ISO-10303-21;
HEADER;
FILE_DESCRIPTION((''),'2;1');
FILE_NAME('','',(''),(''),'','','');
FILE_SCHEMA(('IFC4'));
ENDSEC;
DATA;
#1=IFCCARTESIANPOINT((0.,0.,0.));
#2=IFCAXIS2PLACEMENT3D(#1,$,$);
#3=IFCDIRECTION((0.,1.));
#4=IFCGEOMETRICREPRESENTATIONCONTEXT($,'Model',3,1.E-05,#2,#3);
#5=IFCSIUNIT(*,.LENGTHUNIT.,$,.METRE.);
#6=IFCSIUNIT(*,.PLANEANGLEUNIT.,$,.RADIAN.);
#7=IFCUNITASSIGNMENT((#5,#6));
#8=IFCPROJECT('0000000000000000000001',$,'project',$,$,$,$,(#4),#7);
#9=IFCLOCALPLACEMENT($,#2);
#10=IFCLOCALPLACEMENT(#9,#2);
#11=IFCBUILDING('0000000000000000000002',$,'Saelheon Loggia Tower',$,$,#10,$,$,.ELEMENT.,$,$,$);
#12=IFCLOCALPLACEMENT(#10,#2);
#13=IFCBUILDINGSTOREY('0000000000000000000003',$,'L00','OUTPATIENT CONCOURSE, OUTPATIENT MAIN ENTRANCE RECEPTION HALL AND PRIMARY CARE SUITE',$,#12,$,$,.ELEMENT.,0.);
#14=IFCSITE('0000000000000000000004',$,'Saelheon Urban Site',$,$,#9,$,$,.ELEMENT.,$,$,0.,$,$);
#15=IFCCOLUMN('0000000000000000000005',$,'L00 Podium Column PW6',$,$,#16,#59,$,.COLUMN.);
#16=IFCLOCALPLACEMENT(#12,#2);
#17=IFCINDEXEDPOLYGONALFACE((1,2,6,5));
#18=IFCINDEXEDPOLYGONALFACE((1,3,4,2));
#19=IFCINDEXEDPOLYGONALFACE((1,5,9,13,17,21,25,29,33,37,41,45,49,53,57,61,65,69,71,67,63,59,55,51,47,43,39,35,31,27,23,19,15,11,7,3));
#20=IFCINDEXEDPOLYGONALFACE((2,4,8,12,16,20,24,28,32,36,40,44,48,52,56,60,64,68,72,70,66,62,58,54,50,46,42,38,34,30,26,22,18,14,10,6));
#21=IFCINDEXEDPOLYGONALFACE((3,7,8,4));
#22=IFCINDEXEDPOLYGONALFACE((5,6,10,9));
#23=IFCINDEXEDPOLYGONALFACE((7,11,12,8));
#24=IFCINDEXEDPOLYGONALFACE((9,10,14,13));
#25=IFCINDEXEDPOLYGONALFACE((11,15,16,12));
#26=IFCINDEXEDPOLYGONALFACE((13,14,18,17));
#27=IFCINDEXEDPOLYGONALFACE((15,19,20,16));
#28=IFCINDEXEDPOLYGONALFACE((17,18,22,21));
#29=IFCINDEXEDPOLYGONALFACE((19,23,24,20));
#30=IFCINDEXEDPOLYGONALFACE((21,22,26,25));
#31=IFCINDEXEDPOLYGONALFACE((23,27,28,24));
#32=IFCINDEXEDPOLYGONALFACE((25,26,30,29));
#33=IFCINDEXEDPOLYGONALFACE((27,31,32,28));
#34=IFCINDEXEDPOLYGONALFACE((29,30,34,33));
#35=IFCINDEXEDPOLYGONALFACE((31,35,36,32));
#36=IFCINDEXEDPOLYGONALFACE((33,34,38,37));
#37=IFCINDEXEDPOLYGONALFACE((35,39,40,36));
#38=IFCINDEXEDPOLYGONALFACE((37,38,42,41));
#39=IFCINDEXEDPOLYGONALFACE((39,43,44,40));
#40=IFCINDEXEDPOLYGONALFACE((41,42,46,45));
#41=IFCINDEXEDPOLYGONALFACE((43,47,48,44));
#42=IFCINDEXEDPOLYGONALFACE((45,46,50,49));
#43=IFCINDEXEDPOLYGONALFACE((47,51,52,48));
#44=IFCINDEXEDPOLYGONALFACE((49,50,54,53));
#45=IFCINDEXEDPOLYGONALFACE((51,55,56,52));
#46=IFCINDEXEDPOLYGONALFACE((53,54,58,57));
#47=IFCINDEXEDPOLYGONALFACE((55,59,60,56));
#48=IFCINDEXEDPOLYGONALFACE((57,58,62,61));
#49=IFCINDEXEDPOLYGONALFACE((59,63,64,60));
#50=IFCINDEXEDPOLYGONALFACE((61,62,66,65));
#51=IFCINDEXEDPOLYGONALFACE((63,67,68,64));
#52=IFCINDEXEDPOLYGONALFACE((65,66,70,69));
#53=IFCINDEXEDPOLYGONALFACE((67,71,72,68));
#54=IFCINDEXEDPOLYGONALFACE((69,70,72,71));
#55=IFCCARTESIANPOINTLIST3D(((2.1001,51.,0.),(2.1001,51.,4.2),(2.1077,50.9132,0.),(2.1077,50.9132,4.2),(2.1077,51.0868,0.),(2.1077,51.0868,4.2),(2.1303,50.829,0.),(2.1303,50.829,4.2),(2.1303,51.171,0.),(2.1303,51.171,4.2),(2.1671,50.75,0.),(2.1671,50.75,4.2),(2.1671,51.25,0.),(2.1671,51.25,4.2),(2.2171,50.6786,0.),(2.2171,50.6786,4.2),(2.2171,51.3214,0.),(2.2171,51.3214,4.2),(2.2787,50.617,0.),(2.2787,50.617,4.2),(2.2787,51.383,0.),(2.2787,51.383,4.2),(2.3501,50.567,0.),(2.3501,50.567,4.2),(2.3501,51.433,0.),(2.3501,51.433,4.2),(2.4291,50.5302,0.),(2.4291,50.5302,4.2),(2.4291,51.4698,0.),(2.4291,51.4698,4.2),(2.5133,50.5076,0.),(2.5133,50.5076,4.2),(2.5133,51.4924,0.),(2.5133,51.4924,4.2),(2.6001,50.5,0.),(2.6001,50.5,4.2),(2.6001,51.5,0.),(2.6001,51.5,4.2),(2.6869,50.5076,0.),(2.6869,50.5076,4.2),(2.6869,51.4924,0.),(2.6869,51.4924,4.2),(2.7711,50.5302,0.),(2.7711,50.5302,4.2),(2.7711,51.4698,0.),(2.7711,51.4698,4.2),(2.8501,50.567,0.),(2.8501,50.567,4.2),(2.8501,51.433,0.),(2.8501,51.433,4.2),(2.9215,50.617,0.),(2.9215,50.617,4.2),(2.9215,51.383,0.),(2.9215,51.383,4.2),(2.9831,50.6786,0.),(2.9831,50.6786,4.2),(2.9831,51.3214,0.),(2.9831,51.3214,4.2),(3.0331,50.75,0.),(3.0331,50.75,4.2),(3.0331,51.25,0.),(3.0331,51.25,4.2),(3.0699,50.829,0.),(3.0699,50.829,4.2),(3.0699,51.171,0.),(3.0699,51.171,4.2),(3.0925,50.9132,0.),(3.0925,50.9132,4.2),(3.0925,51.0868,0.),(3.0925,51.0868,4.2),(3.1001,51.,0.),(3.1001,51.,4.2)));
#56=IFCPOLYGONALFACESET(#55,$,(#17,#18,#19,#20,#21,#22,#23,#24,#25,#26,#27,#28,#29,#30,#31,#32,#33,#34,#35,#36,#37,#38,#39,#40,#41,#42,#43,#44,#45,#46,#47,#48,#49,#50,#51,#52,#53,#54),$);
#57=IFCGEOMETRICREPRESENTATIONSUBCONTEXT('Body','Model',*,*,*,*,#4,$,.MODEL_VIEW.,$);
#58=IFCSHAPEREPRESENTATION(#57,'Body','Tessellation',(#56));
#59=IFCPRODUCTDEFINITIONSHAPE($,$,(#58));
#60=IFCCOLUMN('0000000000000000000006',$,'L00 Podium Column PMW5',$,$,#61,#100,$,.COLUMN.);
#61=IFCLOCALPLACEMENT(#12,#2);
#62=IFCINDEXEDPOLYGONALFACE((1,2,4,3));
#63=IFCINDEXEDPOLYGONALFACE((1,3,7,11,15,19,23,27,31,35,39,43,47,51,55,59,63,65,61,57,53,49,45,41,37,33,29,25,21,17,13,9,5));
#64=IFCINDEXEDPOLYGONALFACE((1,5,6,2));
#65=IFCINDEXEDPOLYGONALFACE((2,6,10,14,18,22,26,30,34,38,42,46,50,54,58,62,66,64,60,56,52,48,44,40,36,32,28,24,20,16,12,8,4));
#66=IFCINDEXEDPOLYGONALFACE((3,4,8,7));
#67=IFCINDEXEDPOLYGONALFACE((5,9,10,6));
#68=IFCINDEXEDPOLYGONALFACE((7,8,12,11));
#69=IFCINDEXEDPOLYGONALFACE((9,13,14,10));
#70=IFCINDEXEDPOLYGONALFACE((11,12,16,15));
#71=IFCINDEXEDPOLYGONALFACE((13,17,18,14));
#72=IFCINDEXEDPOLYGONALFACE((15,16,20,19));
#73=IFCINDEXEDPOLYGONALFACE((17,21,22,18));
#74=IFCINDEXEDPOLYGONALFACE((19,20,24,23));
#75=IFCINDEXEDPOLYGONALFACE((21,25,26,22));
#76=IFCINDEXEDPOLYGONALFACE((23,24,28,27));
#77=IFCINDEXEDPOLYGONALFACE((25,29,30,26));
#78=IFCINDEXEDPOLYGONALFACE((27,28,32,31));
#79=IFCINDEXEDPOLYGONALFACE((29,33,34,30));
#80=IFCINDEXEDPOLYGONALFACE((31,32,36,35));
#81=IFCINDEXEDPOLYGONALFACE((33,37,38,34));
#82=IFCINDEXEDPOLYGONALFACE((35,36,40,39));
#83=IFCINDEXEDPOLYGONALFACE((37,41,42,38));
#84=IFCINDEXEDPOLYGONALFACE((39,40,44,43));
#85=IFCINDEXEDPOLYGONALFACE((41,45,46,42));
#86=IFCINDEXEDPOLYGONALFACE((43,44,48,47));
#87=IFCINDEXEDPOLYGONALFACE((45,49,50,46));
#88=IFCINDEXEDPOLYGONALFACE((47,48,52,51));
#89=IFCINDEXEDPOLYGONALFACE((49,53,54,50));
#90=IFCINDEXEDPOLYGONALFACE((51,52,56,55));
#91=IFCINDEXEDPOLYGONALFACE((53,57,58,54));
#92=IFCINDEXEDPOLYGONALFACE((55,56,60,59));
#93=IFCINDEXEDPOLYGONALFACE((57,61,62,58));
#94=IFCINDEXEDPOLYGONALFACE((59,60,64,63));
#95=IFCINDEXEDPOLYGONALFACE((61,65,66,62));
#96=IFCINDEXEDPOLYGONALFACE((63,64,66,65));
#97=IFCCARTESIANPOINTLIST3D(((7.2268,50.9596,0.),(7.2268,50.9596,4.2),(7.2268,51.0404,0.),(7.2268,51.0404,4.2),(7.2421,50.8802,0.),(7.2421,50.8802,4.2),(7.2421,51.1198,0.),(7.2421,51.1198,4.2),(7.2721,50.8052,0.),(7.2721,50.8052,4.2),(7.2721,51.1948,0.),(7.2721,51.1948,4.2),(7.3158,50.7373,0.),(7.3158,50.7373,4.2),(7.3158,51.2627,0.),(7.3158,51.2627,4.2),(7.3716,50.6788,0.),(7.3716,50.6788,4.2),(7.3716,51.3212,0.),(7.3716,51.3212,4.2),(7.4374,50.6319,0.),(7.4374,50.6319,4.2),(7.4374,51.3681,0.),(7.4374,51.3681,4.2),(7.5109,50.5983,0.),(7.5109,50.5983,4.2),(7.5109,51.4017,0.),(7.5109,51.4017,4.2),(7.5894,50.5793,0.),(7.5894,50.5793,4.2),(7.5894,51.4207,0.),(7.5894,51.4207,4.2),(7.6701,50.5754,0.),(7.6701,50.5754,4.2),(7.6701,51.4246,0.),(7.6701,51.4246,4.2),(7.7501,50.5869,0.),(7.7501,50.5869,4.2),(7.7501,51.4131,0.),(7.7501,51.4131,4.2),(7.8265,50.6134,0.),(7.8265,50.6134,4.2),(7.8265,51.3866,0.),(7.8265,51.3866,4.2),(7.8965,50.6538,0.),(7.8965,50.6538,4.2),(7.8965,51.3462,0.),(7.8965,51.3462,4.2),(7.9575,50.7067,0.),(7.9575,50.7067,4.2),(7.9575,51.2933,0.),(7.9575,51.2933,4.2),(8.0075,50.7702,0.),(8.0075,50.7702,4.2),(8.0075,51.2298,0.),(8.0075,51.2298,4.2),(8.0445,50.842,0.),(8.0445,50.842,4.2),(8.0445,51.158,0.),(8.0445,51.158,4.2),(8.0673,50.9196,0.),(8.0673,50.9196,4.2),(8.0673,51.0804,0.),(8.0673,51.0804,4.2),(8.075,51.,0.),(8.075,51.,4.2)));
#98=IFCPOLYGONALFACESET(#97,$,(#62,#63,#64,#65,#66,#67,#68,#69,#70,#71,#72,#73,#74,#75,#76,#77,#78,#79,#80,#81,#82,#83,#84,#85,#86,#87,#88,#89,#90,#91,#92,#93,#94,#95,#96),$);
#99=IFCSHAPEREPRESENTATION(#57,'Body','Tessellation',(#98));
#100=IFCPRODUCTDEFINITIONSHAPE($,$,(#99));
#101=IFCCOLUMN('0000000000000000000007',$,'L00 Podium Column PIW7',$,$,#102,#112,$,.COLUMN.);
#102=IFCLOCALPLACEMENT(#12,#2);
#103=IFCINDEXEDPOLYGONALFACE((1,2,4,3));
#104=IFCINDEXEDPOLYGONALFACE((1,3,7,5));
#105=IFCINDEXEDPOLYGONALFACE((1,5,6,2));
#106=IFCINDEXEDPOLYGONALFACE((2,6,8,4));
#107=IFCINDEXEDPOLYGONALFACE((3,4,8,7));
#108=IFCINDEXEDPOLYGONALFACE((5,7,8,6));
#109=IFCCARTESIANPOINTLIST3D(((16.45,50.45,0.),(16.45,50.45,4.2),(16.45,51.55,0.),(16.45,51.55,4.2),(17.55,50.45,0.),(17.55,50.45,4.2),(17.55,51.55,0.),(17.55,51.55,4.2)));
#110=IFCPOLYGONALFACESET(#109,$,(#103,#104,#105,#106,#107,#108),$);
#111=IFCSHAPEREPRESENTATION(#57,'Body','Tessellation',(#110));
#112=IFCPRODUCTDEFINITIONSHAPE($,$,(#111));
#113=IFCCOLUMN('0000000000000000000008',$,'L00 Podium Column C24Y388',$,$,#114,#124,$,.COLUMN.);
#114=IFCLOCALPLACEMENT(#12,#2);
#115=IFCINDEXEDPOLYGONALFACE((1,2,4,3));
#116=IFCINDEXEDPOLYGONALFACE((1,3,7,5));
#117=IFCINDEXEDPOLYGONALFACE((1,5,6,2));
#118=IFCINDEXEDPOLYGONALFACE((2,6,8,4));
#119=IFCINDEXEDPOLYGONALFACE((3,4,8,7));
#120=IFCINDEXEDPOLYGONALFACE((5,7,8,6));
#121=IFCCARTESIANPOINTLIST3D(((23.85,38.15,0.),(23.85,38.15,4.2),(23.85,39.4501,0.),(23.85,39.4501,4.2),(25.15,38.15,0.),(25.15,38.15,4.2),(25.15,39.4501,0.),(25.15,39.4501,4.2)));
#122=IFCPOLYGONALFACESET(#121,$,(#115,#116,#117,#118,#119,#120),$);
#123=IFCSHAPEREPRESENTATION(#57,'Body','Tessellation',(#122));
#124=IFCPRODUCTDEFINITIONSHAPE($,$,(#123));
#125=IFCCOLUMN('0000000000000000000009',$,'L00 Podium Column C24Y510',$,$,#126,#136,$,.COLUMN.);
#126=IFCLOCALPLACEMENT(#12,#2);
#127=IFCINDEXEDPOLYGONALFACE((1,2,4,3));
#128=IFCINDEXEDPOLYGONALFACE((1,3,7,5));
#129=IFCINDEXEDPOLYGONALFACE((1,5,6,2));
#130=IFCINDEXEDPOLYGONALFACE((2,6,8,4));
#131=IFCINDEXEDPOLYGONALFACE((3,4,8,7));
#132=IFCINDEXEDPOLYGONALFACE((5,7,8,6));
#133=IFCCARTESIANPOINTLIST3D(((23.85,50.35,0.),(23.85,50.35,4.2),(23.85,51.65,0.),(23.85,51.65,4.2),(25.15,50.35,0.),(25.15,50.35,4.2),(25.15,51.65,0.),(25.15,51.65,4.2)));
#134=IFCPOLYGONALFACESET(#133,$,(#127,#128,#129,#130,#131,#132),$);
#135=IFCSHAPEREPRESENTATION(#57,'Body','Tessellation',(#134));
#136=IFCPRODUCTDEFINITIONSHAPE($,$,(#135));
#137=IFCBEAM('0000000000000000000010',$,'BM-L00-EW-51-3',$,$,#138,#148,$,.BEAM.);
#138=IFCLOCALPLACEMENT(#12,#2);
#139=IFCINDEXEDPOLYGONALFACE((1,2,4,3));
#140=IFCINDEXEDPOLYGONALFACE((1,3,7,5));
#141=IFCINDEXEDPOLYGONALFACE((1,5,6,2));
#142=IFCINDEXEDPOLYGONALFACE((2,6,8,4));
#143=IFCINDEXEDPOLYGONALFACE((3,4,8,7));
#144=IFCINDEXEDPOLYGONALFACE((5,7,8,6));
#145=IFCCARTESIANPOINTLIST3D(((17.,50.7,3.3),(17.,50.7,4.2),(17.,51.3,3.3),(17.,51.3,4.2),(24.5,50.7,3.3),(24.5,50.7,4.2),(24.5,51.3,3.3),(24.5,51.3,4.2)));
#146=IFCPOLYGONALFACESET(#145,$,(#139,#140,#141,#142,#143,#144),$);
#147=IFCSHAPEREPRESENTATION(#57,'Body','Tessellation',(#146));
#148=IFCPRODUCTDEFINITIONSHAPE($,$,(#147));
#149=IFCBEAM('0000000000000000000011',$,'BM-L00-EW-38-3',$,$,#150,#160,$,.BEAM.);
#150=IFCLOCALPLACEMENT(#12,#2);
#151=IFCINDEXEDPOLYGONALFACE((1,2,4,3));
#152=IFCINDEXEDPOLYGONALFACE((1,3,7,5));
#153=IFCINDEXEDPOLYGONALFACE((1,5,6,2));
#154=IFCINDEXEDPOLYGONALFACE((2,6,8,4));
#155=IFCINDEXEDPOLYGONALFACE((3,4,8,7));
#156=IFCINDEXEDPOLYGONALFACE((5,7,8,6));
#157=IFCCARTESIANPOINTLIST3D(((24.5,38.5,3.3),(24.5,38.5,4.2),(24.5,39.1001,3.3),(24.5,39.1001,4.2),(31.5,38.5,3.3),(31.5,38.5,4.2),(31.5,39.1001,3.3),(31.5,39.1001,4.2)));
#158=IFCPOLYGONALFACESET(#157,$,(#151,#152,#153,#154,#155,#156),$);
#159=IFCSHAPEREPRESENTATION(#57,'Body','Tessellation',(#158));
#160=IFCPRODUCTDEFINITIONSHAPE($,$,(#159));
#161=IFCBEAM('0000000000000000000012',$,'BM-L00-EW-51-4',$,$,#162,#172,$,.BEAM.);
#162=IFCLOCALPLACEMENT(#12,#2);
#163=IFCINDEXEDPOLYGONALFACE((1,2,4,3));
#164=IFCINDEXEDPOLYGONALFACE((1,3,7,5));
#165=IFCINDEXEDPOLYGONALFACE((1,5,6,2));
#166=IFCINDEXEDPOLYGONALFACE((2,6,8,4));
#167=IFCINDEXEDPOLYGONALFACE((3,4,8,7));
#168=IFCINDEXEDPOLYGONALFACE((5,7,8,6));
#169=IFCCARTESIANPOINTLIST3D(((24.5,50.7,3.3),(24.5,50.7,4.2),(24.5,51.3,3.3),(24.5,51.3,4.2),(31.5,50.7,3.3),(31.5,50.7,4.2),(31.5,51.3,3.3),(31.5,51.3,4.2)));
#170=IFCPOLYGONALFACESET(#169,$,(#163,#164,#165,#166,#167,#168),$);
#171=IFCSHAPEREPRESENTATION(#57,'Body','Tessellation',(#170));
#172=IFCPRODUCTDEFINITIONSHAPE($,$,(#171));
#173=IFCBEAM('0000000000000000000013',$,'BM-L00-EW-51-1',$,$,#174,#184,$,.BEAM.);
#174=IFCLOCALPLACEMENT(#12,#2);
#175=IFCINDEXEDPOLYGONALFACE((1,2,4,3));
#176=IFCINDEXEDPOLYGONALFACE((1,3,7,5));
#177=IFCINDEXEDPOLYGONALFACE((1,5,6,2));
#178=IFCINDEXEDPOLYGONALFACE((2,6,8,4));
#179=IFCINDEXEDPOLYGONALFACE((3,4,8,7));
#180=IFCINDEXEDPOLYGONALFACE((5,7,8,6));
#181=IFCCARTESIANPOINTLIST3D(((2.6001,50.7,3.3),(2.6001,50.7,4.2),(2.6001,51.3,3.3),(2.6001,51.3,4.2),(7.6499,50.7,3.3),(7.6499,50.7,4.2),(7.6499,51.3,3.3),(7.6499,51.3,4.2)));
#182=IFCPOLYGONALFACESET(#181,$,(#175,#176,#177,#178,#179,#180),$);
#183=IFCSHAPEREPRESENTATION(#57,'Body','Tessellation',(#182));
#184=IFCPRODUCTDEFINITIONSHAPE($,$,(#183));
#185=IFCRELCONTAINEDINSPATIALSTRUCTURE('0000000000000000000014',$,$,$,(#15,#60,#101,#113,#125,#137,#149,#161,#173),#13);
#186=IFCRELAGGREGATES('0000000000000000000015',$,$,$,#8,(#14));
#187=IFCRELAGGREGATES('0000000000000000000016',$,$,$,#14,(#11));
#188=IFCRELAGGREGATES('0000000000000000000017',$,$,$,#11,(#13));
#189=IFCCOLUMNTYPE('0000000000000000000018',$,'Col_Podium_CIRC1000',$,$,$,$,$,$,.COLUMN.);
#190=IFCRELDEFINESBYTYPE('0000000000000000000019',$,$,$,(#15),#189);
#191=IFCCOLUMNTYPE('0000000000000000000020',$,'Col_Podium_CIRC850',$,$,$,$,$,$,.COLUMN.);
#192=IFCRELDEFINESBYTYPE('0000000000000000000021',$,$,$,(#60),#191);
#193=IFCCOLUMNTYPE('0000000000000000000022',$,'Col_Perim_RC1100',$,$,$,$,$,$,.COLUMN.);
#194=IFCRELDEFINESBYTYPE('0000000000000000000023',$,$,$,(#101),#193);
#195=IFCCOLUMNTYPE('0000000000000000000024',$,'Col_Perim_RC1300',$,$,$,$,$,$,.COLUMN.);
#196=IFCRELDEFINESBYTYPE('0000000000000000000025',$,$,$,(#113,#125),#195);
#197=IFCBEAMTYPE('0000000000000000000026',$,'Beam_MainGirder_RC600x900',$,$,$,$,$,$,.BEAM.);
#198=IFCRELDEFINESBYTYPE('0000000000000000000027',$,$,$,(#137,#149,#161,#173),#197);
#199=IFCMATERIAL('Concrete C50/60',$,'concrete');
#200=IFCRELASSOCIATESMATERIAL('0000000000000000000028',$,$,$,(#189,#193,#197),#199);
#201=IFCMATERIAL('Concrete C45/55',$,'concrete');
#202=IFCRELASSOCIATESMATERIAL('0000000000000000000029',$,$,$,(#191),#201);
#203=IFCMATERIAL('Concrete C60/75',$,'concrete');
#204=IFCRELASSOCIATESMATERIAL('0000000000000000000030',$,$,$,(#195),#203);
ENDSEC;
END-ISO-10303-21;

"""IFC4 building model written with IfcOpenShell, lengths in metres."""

from ifc_helpers import new_model, si_unit, direction, frame, origin, origin_2d, place, context, subcontext, project, spatial, rectangle, circle, extrude, source, transform, mapped, material, material_profile, profile_set, type_object, element, save


model = new_model("IFC4")

# Units and contexts
model_context = context("Model", 3, precision=1e-05, world=origin(), true_north=direction((0.0, 1.0)))
body_context = subcontext(model_context, "Body", "Model", "MODEL_VIEW")
ifc_project = project(units=[si_unit("LENGTHUNIT", "METRE"), si_unit("PLANEANGLEUNIT", "RADIAN")], contexts=[model_context])

# Site, building, storey
site_placement = place(None, origin())
site = spatial("IfcSite", under=ifc_project, at=site_placement, Name="Saelheon Urban Site", CompositionType="ELEMENT", RefElevation=0.0)
building_placement = place(site_placement, origin())
building = spatial("IfcBuilding", under=site, at=building_placement, Name="Saelheon Loggia Tower", CompositionType="ELEMENT")
storey_placement = place(building_placement, origin())
storey = spatial("IfcBuildingStorey", under=building, at=storey_placement, Name="L00", Description="OUTPATIENT CONCOURSE, OUTPATIENT MAIN ENTRANCE RECEPTION HALL AND PRIMARY CARE SUITE", CompositionType="ELEMENT", Elevation=0.0)

# Columns
ifc_material_1 = material(Name="Concrete C50/60", Category="concrete")
ifc_material_profile_1 = material_profile(ifc_material_1, circle(Radius=0.5, at=origin_2d()), Name="CIRC-1000")
ifc_profile_set_1 = profile_set([ifc_material_profile_1], Name="Concrete C50/60")
column_type_1 = type_object("IfcColumnType", Name="Col_Podium_CIRC1000", PredefinedType="COLUMN", material=ifc_profile_set_1)
shared_shape_1 = source(origin(), body_context, "Body", "SweptSolid", [
    extrude(circle(Radius=0.5, at=origin_2d()), origin(), (0.0, 0.0, 1.0), 4.2),
])
column_1_placement = place(storey_placement, frame((2.6001, 51.0, 0.0), z_axis=(0.0, 0.0, 1.0), x_axis=(1.0, 0.0, 0.0)))
element("IfcColumn", 1, at=column_1_placement, inside=storey, type_object=column_type_1, Name="L00 Podium Column PW6", PredefinedType="COLUMN", context=body_context, shape_type="MappedRepresentation", body=[
    mapped(shared_shape_1, transform((0.0, 0.0, 0.0), scale=1.0)),
])
ifc_material_2 = material(Name="Concrete C45/55", Category="concrete")
ifc_material_profile_2 = material_profile(ifc_material_2, circle(Radius=0.425, at=origin_2d()), Name="CIRC-850")
ifc_profile_set_2 = profile_set([ifc_material_profile_2], Name="Concrete C45/55")
column_type_2 = type_object("IfcColumnType", Name="Col_Podium_CIRC850", PredefinedType="COLUMN", material=ifc_profile_set_2)
shared_shape_2 = source(origin(), body_context, "Body", "SweptSolid", [
    extrude(circle(Radius=0.425, at=origin_2d()), origin(), (0.0, 0.0, 1.0), 4.2),
])
column_2_placement = place(storey_placement, frame((7.6499, 51.0, 0.0), z_axis=(0.0, 0.0, 1.0), x_axis=(1.0, 0.0, 0.0)))
element("IfcColumn", 2, at=column_2_placement, inside=storey, type_object=column_type_2, Name="L00 Podium Column PMW5", PredefinedType="COLUMN", context=body_context, shape_type="MappedRepresentation", body=[
    mapped(shared_shape_2, transform((0.0, 0.0, 0.0), scale=1.0)),
])
ifc_material_profile_3 = material_profile(ifc_material_1, rectangle(XDim=1.1001, YDim=1.1001, at=origin_2d()), Name="RC-1100x1100")
ifc_profile_set_3 = profile_set([ifc_material_profile_3], Name="Concrete C50/60")
column_type_3 = type_object("IfcColumnType", Name="Col_Perim_RC1100", PredefinedType="COLUMN", material=ifc_profile_set_3)
shared_shape_3 = source(origin(), body_context, "Body", "SweptSolid", [
    extrude(rectangle(XDim=1.1001, YDim=1.1001, at=origin_2d()), origin(), (0.0, 0.0, 1.0), 4.2),
])
column_3_placement = place(storey_placement, frame((17.0, 51.0, 0.0), z_axis=(0.0, 0.0, 1.0), x_axis=(1.0, 0.0, 0.0)))
element("IfcColumn", 3, at=column_3_placement, inside=storey, type_object=column_type_3, Name="L00 Podium Column PIW7", PredefinedType="COLUMN", context=body_context, shape_type="MappedRepresentation", body=[
    mapped(shared_shape_3, transform((0.0, 0.0, 0.0), scale=1.0)),
])
ifc_material_3 = material(Name="Concrete C60/75", Category="concrete")
ifc_material_profile_4 = material_profile(ifc_material_3, rectangle(XDim=1.3, YDim=1.3, at=origin_2d()), Name="RC-1300x1300")
ifc_profile_set_4 = profile_set([ifc_material_profile_4], Name="Concrete C60/75")
column_type_4 = type_object("IfcColumnType", Name="Col_Perim_RC1300", PredefinedType="COLUMN", material=ifc_profile_set_4)
shared_shape_4 = source(origin(), body_context, "Body", "SweptSolid", [
    extrude(rectangle(XDim=1.3, YDim=1.3, at=origin_2d()), origin(), (0.0, 0.0, 1.0), 4.2),
])
for number, where, z_axis, x_axis, name in (
    (4, (24.5, 38.8, 0.0), (0.0, 0.0, 1.0), (1.0, 0.0, 0.0), "L00 Podium Column C24Y388"),
    (5, (24.5, 51.0, 0.0), (0.0, 0.0, 1.0), (1.0, 0.0, 0.0), "L00 Podium Column C24Y510"),
):
    element("IfcColumn", number, at=place(storey_placement, frame(where, z_axis=z_axis, x_axis=x_axis)), inside=storey, type_object=column_type_4, Name=name, PredefinedType="COLUMN", context=body_context, shape_type="MappedRepresentation", body=[
        mapped(shared_shape_4, transform((0.0, 0.0, 0.0), scale=1.0)),
    ])

# Beams
ifc_material_profile_5 = material_profile(ifc_material_1, rectangle(XDim=0.6001, YDim=0.8999, at=origin_2d()), Name="RC-600x900")
ifc_profile_set_5 = profile_set([ifc_material_profile_5], Name="Concrete C50/60")
beam_type_1 = type_object("IfcBeamType", Name="Beam_MainGirder_RC600x900", PredefinedType="BEAM", material=ifc_profile_set_5)
shared_shape_5 = source(origin(), body_context, "Body", "SweptSolid", [
    extrude(rectangle(XDim=0.6001, YDim=0.8999, at=origin_2d()), origin(), (0.0, 0.0, 1.0), 7.5),
])
beam_1_placement = place(storey_placement, frame((17.0, 51.0, 3.75), z_axis=(1.0, 0.0, 0.0), x_axis=(0.0, 1.0, 0.0)))
element("IfcBeam", 6, at=beam_1_placement, inside=storey, type_object=beam_type_1, Name="BM-L00-EW-51-3", PredefinedType="BEAM", context=body_context, shape_type="MappedRepresentation", body=[
    mapped(shared_shape_5, transform((0.0, 0.0, 0.0), scale=1.0)),
])
shared_shape_6 = source(origin(), body_context, "Body", "SweptSolid", [
    extrude(rectangle(XDim=0.6001, YDim=0.8999, at=origin_2d()), origin(), (0.0, 0.0, 1.0), 7.0),
])
for number, where, z_axis, x_axis, name in (
    (7, (24.5, 38.8, 3.75), (1.0, 0.0, 0.0), (0.0, 1.0, 0.0), "BM-L00-EW-38-3"),
    (8, (24.5, 51.0, 3.75), (1.0, 0.0, 0.0), (0.0, 1.0, 0.0), "BM-L00-EW-51-4"),
):
    element("IfcBeam", number, at=place(storey_placement, frame(where, z_axis=z_axis, x_axis=x_axis)), inside=storey, type_object=beam_type_1, Name=name, PredefinedType="BEAM", context=body_context, shape_type="MappedRepresentation", body=[
        mapped(shared_shape_6, transform((0.0, 0.0, 0.0), scale=1.0)),
    ])
shared_shape_7 = source(origin(), body_context, "Body", "SweptSolid", [
    extrude(rectangle(XDim=0.6001, YDim=0.8999, at=origin_2d()), origin(), (0.0, 0.0, 1.0), 5.0498),
])
beam_2_placement = place(storey_placement, frame((2.6001, 51.0, 3.75), z_axis=(1.0, 0.0, 0.0), x_axis=(0.0, 1.0, 0.0)))
element("IfcBeam", 9, at=beam_2_placement, inside=storey, type_object=beam_type_1, Name="BM-L00-EW-51-1", PredefinedType="BEAM", context=body_context, shape_type="MappedRepresentation", body=[
    mapped(shared_shape_7, transform((0.0, 0.0, 0.0), scale=1.0)),
])

save(model, "model.ifc")
